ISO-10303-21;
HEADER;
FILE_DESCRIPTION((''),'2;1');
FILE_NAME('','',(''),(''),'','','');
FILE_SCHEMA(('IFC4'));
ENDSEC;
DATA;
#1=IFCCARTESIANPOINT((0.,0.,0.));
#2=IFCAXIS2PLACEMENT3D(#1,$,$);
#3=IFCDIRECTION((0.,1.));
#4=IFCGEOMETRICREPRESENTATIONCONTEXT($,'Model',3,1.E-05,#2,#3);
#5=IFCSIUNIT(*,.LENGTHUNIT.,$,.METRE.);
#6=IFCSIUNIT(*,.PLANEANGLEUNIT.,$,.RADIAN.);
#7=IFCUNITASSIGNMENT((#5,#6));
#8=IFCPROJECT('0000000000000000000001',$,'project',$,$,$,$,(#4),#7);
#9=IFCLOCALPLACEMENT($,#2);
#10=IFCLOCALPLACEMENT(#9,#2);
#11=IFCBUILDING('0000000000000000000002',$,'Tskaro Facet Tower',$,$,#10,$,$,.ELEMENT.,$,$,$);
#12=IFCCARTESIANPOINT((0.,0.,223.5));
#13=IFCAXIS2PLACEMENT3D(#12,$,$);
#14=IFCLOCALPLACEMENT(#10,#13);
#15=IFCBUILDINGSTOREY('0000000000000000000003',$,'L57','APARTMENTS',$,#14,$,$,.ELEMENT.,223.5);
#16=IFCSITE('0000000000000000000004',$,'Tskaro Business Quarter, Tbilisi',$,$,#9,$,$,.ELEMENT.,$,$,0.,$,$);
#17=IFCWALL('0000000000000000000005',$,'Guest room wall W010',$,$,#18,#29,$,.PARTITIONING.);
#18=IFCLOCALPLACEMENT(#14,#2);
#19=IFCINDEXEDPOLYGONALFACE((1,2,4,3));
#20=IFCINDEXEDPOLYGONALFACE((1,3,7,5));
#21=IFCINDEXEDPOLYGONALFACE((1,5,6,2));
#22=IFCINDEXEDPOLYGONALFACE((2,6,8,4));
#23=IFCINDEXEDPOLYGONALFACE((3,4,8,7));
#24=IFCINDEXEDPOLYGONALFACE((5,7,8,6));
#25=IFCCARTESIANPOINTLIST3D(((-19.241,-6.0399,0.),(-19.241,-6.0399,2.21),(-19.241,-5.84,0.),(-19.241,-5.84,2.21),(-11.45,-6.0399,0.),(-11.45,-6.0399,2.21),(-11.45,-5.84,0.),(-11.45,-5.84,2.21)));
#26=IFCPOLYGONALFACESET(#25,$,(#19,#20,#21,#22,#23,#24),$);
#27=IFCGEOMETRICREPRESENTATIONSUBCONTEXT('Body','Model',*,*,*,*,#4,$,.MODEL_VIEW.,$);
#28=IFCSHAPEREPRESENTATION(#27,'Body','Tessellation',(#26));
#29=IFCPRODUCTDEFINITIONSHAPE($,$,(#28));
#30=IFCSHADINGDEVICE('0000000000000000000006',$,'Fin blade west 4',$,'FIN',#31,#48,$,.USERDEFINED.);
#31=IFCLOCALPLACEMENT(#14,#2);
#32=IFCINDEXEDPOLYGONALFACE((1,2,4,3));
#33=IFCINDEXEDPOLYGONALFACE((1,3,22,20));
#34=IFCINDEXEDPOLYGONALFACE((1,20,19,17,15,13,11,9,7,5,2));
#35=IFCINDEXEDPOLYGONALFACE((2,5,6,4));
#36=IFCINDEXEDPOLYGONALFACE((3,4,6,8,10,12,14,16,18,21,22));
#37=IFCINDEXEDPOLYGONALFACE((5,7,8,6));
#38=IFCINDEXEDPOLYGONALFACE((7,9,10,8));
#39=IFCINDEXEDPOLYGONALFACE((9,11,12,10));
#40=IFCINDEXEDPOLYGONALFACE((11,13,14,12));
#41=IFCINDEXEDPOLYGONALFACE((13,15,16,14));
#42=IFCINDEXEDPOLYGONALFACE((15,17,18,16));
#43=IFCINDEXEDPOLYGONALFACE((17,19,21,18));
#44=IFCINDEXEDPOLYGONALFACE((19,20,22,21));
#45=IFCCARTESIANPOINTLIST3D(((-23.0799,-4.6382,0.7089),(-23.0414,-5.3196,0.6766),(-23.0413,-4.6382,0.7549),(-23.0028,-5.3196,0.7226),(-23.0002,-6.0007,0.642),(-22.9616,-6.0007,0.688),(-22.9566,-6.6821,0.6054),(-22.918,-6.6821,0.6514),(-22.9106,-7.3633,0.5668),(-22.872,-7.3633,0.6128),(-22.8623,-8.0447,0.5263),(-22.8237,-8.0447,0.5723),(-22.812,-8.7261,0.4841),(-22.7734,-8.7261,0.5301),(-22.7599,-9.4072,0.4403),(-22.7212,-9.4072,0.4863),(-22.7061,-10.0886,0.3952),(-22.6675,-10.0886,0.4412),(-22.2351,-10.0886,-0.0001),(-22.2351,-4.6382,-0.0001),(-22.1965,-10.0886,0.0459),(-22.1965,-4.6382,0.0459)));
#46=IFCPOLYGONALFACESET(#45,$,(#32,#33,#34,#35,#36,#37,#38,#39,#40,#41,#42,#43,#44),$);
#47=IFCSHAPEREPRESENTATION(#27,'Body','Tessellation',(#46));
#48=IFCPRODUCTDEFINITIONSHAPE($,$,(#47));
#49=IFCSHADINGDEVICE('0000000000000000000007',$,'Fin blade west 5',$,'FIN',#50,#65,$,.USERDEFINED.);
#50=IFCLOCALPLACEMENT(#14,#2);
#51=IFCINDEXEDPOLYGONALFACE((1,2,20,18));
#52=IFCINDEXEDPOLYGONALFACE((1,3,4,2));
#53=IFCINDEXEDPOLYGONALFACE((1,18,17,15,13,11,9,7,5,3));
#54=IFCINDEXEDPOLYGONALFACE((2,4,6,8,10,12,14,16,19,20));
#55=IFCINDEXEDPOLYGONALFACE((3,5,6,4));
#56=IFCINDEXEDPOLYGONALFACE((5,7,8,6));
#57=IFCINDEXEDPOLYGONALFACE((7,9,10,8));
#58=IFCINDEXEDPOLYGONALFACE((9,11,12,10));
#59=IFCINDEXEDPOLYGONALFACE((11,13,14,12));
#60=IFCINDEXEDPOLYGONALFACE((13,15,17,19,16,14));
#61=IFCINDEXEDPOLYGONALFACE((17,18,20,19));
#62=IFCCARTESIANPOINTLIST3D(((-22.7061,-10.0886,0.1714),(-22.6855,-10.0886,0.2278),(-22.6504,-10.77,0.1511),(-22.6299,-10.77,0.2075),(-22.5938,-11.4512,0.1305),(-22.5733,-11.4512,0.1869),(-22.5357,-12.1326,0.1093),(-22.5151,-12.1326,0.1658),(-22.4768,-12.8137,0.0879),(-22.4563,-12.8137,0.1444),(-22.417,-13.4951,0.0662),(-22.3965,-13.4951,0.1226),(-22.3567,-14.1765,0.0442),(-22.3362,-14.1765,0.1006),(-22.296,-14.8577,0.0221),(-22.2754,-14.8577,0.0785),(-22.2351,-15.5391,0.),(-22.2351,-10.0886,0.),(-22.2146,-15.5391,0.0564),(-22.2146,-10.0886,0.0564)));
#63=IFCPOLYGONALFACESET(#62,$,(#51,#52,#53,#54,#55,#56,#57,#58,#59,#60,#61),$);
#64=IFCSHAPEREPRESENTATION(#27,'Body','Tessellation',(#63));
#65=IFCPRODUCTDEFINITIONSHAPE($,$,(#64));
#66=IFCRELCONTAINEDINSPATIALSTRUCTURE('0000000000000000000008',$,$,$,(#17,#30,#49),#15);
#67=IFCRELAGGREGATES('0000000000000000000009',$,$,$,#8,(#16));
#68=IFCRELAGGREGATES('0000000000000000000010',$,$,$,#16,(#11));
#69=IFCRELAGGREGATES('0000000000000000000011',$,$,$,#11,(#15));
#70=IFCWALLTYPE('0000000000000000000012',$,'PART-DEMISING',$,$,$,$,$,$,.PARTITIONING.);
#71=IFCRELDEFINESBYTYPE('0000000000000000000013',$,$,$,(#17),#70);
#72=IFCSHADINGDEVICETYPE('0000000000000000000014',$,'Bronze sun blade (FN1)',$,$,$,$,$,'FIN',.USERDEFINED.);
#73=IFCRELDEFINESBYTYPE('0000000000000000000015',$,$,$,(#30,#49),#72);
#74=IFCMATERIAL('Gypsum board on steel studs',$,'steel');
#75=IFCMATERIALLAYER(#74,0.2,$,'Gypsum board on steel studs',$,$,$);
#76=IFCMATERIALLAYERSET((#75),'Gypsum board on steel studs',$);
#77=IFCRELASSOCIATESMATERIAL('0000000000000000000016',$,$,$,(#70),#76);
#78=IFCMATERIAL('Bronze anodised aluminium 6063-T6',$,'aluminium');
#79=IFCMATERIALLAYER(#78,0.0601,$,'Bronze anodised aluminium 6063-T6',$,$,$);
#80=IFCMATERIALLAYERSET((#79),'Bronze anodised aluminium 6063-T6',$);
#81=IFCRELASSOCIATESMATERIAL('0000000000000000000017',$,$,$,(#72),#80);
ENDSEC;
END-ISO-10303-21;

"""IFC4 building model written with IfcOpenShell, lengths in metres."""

from ifc_helpers import new_model, si_unit, direction, frame, frame_2d, origin, place, context, subcontext, project, spatial, polyline, rectangle, outline, extrude, material, layer, layer_set, type_object, element, save


model = new_model("IFC4")

# Units and contexts
model_context = context("Model", 3, precision=1e-05, world=origin(), true_north=direction((0.0, 1.0)))
body_context = subcontext(model_context, "Body", "Model", "MODEL_VIEW")
ifc_project = project(units=[si_unit("LENGTHUNIT", "METRE"), si_unit("PLANEANGLEUNIT", "RADIAN")], contexts=[model_context])

# Site, building, storey
site_placement = place(None, origin())
site = spatial("IfcSite", under=ifc_project, at=site_placement, Name="Tskaro Business Quarter, Tbilisi", CompositionType="ELEMENT", RefElevation=0.0)
building_placement = place(site_placement, origin())
building = spatial("IfcBuilding", under=site, at=building_placement, Name="Tskaro Facet Tower", CompositionType="ELEMENT")
storey_placement = place(building_placement, frame((0.0, 0.0, 223.5)))
storey = spatial("IfcBuildingStorey", under=building, at=storey_placement, Name="L57", Description="APARTMENTS", CompositionType="ELEMENT", Elevation=223.5)

# Shared definitions
ifc_material_1 = material(Name="Bronze anodised aluminium 6063-T6", Category="aluminium")

# Wall
ifc_material_2 = material(Name="Gypsum board on steel studs", Category="steel")
ifc_layer_1 = layer(ifc_material_2, 0.2, Name="Gypsum board on steel studs")
ifc_layer_set_1 = layer_set([ifc_layer_1], Name="Gypsum board on steel studs")
wall_type_1 = type_object("IfcWallType", Name="PART-DEMISING", PredefinedType="PARTITIONING", material=ifc_layer_set_1)
wall_1_placement = place(storey_placement, frame((-19.241, -5.9399, 0.0), z_axis=(0.0, 0.0, 1.0), x_axis=(1.0, 0.0, 0.0)))
element("IfcWall", 1, at=wall_1_placement, inside=storey, type_object=wall_type_1, Name="Guest room wall W010", PredefinedType="PARTITIONING", context=body_context, shape_type="SweptSolid", body=[
    extrude(rectangle(XDim=7.791, YDim=0.2, at=frame_2d((3.8955, 0.0))), origin(), (0.0, 0.0, 1.0), 2.21),
])

# Shading devices
ifc_layer_2 = layer(ifc_material_1, 0.0601, Name="Bronze anodised aluminium 6063-T6")
ifc_layer_set_2 = layer_set([ifc_layer_2], Name="Bronze anodised aluminium 6063-T6")
shading_device_type = type_object("IfcShadingDeviceType", Name="Bronze sun blade (FN1)", ElementType="FIN", PredefinedType="USERDEFINED", material=ifc_layer_set_2)
shading_device_1_placement = place(storey_placement, frame((-22.1965, -4.6382, 0.0459), z_axis=(0.642872, -0.000001, 0.765974), x_axis=(-0.000001, -1.0, -0.000001)))
element("IfcShadingDevice", 2, at=shading_device_1_placement, inside=storey, type_object=shading_device_type, Name="Fin blade west 4", ObjectType="FIN", PredefinedType="USERDEFINED", context=body_context, shape_type="SweptSolid", body=[
    extrude(outline(polyline([(0.0, 0.0), (5.4504, 0.0), (5.4504, -0.6148), (4.769, -0.685), (4.0879, -0.7531), (3.4065, -0.8188), (2.7251, -0.8819), (2.0439, -0.9418), (1.3625, -0.9989), (0.6814, -1.0526), (0.0, -1.1028), (0.0, 0.0)])), origin(), (0.0, 0.0, -1.0), 0.0601),
])
shading_device_2_placement = place(storey_placement, frame((-22.2146, -10.0886, 0.0564), z_axis=(0.341993, 0.000001, 0.939702), x_axis=(0.0, -1.0, 0.000001)))
element("IfcShadingDevice", 3, at=shading_device_2_placement, inside=storey, type_object=shading_device_type, Name="Fin blade west 5", ObjectType="FIN", PredefinedType="USERDEFINED", context=body_context, shape_type="SweptSolid", body=[
    extrude(outline(polyline([(0.0, 0.0), (5.4504, 0.0), (4.769, -0.0647), (4.0879, -0.1294), (3.4065, -0.1935), (2.7251, -0.2572), (2.0439, -0.3198), (1.3625, -0.3817), (0.6814, -0.4419), (0.0, -0.5012), (0.0, 0.0)])), origin(), (0.0, 0.0, -1.0), 0.0601),
])

save(model, "model.ifc")
